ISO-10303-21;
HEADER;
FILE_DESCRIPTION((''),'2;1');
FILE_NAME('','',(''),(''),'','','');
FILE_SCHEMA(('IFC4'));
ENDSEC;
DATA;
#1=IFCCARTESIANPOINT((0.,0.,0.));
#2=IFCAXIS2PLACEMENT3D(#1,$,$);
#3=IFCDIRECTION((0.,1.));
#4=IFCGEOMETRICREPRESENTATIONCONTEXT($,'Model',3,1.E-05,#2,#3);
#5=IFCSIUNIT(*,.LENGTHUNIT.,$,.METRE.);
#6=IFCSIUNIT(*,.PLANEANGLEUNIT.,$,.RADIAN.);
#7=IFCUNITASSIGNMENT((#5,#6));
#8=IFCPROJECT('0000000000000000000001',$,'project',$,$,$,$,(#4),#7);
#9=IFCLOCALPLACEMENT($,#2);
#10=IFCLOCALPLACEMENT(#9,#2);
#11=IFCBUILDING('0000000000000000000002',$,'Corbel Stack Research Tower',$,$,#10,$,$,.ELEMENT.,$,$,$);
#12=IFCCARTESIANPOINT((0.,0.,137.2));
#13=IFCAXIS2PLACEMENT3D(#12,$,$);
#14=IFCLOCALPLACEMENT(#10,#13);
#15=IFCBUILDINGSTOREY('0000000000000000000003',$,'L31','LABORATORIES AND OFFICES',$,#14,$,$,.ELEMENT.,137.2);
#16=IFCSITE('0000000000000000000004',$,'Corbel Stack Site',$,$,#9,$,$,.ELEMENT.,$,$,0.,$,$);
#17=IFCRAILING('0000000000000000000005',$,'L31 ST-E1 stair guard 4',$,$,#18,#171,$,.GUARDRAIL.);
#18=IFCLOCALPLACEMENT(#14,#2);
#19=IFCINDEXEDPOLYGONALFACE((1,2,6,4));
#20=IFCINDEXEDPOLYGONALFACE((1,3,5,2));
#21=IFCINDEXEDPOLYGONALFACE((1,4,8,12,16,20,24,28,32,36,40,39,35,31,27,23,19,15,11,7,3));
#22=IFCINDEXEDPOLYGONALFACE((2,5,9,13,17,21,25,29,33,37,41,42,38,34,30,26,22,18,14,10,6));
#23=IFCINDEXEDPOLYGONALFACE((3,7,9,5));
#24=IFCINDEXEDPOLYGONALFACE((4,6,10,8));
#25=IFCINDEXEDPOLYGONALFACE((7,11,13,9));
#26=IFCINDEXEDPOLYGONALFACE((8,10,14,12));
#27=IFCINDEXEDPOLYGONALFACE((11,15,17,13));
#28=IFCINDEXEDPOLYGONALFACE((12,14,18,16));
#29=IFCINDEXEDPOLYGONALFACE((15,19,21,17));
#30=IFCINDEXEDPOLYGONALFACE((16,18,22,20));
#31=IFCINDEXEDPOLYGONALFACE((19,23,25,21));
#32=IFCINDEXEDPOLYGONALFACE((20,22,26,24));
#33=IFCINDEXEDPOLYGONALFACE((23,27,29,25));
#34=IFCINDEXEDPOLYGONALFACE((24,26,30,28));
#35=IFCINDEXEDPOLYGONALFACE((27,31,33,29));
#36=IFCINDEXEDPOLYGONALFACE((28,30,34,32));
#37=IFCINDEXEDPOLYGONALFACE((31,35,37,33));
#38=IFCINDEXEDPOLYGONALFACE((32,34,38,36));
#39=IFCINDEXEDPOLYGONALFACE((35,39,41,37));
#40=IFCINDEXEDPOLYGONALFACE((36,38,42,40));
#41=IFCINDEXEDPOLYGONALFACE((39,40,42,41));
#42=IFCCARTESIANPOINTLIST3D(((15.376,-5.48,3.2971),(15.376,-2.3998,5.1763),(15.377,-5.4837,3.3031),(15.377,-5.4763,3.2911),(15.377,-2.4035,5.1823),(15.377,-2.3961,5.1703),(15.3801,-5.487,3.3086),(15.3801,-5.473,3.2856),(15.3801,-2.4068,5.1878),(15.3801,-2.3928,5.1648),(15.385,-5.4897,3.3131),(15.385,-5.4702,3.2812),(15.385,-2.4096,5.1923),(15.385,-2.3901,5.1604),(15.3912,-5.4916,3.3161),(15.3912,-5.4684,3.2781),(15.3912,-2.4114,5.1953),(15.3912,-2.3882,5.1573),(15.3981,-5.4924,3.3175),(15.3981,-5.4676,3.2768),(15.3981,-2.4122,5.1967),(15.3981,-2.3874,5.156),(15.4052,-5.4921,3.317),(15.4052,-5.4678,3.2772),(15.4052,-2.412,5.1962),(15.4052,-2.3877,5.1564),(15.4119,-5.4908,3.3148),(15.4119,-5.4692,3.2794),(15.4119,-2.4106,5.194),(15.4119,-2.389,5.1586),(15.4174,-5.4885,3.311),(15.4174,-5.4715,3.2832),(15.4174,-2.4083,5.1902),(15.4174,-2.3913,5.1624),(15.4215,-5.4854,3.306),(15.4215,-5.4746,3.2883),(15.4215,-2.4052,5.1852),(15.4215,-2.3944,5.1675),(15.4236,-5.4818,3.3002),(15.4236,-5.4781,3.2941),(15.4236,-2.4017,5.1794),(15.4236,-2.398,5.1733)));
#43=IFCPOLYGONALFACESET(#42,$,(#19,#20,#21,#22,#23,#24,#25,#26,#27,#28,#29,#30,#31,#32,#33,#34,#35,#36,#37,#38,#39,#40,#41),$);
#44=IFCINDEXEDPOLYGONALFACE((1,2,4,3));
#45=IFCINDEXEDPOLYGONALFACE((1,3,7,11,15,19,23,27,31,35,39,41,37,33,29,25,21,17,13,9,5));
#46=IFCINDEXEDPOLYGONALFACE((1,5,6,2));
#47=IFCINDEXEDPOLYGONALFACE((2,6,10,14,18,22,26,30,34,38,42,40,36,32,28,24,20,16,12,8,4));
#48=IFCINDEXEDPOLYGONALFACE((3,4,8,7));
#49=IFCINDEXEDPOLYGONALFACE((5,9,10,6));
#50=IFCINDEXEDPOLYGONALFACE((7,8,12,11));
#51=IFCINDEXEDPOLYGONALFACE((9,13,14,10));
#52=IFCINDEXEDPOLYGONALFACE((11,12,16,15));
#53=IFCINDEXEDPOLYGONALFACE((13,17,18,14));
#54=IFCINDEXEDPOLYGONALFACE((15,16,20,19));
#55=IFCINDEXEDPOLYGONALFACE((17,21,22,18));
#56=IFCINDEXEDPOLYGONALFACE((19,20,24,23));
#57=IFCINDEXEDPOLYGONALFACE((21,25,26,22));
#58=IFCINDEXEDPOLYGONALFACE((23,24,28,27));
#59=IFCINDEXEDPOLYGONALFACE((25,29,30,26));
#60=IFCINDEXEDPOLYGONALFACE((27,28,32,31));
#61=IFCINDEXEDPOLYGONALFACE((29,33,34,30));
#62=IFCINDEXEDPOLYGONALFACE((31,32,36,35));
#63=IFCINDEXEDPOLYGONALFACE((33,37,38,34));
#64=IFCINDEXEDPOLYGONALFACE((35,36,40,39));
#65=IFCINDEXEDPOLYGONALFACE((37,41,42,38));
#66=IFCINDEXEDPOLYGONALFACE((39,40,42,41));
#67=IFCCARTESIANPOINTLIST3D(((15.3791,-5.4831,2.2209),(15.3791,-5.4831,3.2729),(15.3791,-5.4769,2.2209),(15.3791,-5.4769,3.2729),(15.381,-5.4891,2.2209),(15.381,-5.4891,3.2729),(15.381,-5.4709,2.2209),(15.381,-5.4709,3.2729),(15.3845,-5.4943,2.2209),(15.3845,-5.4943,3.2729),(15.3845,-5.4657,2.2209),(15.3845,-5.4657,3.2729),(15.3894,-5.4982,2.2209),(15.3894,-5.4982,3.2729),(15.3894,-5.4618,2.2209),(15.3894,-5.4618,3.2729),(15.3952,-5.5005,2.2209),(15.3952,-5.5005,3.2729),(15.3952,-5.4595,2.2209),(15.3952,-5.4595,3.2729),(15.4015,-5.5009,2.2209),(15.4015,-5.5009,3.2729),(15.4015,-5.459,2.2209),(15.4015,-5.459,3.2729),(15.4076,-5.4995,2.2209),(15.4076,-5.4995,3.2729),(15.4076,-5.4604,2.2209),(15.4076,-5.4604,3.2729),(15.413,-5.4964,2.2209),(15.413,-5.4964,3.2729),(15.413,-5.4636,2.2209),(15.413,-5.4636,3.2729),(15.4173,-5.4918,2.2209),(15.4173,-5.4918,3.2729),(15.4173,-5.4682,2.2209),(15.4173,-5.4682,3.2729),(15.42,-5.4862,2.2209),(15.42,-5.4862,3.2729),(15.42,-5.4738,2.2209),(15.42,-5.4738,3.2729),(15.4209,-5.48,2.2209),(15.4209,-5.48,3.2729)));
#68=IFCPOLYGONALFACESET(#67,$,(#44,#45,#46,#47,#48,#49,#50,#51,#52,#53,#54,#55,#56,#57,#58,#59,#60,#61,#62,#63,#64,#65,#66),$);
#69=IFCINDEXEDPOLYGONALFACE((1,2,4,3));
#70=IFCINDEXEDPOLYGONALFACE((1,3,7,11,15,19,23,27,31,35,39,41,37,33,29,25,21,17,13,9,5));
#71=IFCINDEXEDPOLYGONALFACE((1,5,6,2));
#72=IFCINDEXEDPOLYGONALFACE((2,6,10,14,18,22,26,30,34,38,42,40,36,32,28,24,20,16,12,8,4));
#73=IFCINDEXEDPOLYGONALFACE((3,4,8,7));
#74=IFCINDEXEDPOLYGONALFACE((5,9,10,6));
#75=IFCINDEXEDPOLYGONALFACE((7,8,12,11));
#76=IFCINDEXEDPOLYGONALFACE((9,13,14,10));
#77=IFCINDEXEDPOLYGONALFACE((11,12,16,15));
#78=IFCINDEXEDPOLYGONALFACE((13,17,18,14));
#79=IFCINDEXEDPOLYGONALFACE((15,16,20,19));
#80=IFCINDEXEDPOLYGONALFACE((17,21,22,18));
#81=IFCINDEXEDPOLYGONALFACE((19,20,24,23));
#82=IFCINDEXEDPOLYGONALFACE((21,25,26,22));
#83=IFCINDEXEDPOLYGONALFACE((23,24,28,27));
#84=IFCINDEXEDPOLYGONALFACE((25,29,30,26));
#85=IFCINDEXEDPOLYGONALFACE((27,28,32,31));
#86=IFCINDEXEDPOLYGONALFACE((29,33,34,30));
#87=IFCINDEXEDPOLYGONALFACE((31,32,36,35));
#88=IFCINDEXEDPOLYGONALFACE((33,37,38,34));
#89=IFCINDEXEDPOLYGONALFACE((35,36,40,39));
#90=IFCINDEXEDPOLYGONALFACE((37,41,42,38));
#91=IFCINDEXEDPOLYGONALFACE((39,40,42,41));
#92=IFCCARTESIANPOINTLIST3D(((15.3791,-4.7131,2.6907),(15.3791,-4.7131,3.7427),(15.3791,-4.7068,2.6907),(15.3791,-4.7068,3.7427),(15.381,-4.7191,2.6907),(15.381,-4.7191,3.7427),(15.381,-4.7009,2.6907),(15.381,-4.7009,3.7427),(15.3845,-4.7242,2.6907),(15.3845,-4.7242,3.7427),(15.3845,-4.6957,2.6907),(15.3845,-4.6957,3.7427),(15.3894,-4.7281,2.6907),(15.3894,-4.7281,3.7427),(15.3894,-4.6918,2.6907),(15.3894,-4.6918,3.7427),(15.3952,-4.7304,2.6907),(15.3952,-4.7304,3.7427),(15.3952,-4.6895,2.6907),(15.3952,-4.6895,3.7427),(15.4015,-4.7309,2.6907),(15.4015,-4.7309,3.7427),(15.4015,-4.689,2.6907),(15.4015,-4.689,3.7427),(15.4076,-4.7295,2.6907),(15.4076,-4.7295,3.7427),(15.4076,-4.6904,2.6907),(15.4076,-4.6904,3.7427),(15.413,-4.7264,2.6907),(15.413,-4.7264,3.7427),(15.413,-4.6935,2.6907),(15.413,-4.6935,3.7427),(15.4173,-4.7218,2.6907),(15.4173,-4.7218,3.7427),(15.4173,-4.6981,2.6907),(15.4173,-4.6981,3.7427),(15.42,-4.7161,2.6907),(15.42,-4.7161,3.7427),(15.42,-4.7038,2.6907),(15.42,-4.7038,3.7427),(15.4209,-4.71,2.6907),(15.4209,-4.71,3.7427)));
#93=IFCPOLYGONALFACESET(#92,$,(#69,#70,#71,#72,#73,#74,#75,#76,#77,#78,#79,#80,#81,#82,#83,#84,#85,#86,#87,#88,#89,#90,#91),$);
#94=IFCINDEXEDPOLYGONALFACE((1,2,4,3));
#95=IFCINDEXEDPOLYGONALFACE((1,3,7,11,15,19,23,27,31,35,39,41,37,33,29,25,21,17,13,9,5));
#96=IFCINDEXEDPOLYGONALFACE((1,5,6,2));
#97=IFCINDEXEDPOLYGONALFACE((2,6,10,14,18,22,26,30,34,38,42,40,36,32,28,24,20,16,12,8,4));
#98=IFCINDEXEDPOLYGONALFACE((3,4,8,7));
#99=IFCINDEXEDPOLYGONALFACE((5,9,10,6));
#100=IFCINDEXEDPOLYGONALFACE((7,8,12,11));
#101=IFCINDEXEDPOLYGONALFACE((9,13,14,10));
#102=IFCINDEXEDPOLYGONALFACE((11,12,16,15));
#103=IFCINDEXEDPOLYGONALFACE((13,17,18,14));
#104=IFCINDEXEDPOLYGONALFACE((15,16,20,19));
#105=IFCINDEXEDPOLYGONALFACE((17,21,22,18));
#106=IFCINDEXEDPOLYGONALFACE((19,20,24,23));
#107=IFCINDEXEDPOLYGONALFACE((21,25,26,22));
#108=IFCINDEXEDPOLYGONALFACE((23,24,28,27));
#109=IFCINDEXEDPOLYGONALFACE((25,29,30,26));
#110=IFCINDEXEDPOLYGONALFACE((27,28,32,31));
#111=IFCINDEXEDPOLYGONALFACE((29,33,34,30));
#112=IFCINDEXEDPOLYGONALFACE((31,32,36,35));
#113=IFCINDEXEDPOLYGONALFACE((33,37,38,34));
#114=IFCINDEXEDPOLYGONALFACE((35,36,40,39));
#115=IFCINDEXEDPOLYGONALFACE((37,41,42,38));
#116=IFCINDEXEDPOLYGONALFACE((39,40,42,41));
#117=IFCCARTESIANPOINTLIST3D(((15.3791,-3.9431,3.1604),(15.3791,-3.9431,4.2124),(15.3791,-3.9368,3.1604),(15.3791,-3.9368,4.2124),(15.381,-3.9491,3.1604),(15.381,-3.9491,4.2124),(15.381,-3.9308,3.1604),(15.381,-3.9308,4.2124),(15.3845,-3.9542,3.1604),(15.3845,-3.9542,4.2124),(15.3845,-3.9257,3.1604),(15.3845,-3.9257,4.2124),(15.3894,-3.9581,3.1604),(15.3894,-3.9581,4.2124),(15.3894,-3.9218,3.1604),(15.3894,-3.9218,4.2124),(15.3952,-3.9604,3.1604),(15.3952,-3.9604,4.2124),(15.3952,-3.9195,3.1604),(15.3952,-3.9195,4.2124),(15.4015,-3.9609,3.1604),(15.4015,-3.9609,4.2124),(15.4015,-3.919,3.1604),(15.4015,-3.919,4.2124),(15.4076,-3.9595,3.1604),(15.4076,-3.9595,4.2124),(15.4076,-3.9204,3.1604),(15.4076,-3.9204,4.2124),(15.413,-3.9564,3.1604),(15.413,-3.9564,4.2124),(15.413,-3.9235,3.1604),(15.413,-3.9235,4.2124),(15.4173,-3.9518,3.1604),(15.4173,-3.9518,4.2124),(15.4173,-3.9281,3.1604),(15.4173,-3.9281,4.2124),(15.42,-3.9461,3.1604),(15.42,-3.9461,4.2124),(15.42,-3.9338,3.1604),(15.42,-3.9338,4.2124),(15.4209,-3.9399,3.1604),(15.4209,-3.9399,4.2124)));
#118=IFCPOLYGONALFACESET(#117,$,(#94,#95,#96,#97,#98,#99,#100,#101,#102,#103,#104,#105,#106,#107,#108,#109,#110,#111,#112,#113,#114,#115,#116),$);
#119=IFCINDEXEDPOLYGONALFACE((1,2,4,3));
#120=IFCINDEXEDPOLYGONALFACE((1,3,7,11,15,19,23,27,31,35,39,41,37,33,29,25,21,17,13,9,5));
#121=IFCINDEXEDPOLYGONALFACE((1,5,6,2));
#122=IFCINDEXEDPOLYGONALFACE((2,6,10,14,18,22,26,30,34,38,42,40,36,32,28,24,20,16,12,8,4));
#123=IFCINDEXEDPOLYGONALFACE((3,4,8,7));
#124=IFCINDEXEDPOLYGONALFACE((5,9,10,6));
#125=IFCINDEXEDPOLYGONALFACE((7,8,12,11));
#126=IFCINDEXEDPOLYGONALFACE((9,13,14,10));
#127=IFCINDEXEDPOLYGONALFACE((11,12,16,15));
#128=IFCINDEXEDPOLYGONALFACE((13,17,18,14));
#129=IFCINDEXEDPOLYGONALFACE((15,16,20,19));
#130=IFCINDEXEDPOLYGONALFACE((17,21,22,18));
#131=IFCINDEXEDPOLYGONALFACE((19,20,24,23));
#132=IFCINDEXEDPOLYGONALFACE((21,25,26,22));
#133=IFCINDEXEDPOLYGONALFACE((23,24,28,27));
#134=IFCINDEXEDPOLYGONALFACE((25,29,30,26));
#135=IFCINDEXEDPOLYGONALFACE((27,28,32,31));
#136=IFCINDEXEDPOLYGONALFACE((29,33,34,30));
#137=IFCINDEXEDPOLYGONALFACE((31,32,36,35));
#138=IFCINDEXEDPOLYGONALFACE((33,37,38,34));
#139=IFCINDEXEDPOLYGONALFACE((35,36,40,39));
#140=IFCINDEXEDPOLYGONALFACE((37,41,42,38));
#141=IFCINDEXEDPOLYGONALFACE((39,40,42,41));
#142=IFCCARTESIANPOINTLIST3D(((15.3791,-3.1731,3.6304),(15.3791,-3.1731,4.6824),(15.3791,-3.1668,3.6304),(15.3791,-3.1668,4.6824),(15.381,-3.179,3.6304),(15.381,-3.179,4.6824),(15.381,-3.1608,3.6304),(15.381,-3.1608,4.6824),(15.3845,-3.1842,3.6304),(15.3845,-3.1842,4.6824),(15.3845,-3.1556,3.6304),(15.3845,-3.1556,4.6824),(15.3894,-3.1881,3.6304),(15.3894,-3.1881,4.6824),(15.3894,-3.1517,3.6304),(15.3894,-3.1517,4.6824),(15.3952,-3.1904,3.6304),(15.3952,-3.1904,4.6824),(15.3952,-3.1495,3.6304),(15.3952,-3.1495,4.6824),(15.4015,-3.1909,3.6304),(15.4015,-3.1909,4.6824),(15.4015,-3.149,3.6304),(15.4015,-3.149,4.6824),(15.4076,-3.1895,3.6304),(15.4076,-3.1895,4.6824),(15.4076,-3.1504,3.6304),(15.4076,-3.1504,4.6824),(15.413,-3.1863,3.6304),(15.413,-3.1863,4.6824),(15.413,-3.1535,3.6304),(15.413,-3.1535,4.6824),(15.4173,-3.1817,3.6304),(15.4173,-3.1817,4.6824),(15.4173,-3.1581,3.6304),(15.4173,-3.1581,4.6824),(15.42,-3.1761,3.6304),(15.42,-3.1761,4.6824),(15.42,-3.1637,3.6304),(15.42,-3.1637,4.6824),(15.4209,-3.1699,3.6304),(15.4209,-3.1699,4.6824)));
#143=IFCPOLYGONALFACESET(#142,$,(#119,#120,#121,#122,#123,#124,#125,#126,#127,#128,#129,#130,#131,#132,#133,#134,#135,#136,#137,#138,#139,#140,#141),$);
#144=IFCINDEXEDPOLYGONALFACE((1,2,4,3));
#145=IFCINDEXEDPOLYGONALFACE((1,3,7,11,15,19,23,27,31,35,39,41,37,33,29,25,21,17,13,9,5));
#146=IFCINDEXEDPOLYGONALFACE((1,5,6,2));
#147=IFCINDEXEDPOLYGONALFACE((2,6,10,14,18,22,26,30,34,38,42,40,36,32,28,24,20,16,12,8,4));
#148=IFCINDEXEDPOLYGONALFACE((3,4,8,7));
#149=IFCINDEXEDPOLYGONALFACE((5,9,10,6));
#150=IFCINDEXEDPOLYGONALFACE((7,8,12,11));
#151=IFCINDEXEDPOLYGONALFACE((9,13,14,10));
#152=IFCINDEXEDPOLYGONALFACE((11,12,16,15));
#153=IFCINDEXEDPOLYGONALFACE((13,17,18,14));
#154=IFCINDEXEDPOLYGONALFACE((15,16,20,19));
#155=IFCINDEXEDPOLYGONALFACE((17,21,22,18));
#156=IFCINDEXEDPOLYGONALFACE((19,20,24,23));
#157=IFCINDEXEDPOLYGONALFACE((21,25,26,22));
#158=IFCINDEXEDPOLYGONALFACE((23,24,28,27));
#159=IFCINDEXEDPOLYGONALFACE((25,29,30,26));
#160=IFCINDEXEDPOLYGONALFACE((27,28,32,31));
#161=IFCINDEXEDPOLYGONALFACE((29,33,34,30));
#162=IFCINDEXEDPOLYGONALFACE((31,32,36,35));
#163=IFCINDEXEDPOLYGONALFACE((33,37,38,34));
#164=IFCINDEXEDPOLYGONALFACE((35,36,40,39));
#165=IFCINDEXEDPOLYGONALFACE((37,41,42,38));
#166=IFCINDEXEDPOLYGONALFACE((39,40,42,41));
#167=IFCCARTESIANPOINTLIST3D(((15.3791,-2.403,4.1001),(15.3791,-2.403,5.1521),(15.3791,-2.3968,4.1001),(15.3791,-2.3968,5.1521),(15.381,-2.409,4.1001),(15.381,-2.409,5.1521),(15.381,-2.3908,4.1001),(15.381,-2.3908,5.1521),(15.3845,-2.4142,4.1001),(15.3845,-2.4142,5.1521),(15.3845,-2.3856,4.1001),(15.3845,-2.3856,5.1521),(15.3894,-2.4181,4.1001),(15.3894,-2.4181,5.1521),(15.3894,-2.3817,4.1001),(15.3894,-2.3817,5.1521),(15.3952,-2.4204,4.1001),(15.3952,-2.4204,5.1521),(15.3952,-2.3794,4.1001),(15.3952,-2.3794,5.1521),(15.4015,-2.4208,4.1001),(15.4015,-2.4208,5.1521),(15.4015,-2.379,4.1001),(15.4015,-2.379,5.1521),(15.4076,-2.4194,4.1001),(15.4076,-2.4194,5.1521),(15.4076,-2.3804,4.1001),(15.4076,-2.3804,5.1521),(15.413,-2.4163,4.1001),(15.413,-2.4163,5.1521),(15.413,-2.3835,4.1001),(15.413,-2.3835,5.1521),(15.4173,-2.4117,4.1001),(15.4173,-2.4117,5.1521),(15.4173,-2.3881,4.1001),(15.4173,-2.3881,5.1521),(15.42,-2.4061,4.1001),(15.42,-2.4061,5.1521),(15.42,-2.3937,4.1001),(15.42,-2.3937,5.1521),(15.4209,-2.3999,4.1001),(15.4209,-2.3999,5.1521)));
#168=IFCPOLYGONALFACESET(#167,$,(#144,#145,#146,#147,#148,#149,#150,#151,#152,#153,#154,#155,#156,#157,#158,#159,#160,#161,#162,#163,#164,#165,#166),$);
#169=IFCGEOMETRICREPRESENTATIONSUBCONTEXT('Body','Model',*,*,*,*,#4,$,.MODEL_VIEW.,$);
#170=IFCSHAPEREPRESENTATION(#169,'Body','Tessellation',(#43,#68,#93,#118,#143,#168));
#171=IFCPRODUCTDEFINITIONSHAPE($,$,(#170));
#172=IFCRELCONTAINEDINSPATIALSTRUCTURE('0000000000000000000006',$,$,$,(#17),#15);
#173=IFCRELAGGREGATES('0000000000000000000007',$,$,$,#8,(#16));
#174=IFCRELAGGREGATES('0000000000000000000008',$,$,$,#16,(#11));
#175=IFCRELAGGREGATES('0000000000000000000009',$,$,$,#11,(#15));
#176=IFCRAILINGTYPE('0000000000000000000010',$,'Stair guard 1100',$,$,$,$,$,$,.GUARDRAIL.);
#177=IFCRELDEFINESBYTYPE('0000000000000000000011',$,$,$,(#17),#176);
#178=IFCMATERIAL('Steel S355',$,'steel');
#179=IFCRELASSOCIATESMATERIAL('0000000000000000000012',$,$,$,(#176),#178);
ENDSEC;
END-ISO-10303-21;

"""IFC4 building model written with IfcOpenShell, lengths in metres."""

from ifc_helpers import new_model, si_unit, direction, frame, origin, origin_2d, place, context, subcontext, project, spatial, circle, extrude, material, type_object, element, save


model = new_model("IFC4")

# Units and contexts
model_context = context("Model", 3, precision=1e-05, world=origin(), true_north=direction((0.0, 1.0)))
body_context = subcontext(model_context, "Body", "Model", "MODEL_VIEW")
ifc_project = project(units=[si_unit("LENGTHUNIT", "METRE"), si_unit("PLANEANGLEUNIT", "RADIAN")], contexts=[model_context])

# Site, building, storey
site_placement = place(None, origin())
site = spatial("IfcSite", under=ifc_project, at=site_placement, Name="Corbel Stack Site", CompositionType="ELEMENT", RefElevation=0.0)
building_placement = place(site_placement, origin())
building = spatial("IfcBuilding", under=site, at=building_placement, Name="Corbel Stack Research Tower", CompositionType="ELEMENT")
storey_placement = place(building_placement, frame((0.0, 0.0, 137.2)))
storey = spatial("IfcBuildingStorey", under=building, at=storey_placement, Name="L31", Description="LABORATORIES AND OFFICES", CompositionType="ELEMENT", Elevation=137.2)

# Railing
ifc_material_1 = material(Name="Steel S355", Category="steel")
railing_type_1 = type_object("IfcRailingType", Name="Stair guard 1100", PredefinedType="GUARDRAIL", material=ifc_material_1)
railing_1_placement = place(storey_placement, frame((15.3999, -5.48, 2.2209)))
element("IfcRailing", 1, at=railing_1_placement, inside=storey, type_object=railing_type_1, Name="L31 ST-E1 stair guard 4", PredefinedType="GUARDRAIL", context=body_context, shape_type="SweptSolid", body=[
    extrude(circle(Radius=0.0239, at=origin_2d()), frame((0.0, 0.0, 1.0762), z_axis=(0.0, 0.853666, 0.52082), x_axis=(-1.0, 0.0, 0.0)), (0.0, 0.0, 1.0), 3.6082),
    extrude(circle(Radius=0.021, at=origin_2d()), origin(), (0.0, 0.0, 1.0), 1.052),
    extrude(circle(Radius=0.021, at=origin_2d()), frame((0.0, 0.77, 0.4697)), (0.0, 0.0, 1.0), 1.052),
    extrude(circle(Radius=0.021, at=origin_2d()), frame((0.0, 1.54, 0.9395)), (0.0, 0.0, 1.0), 1.052),
    extrude(circle(Radius=0.021, at=origin_2d()), frame((0.0, 2.3101, 1.4094)), (0.0, 0.0, 1.0), 1.052),
    extrude(circle(Radius=0.021, at=origin_2d()), frame((0.0, 3.0801, 1.8792)), (0.0, 0.0, 1.0), 1.052),
])

save(model, "model.ifc")
